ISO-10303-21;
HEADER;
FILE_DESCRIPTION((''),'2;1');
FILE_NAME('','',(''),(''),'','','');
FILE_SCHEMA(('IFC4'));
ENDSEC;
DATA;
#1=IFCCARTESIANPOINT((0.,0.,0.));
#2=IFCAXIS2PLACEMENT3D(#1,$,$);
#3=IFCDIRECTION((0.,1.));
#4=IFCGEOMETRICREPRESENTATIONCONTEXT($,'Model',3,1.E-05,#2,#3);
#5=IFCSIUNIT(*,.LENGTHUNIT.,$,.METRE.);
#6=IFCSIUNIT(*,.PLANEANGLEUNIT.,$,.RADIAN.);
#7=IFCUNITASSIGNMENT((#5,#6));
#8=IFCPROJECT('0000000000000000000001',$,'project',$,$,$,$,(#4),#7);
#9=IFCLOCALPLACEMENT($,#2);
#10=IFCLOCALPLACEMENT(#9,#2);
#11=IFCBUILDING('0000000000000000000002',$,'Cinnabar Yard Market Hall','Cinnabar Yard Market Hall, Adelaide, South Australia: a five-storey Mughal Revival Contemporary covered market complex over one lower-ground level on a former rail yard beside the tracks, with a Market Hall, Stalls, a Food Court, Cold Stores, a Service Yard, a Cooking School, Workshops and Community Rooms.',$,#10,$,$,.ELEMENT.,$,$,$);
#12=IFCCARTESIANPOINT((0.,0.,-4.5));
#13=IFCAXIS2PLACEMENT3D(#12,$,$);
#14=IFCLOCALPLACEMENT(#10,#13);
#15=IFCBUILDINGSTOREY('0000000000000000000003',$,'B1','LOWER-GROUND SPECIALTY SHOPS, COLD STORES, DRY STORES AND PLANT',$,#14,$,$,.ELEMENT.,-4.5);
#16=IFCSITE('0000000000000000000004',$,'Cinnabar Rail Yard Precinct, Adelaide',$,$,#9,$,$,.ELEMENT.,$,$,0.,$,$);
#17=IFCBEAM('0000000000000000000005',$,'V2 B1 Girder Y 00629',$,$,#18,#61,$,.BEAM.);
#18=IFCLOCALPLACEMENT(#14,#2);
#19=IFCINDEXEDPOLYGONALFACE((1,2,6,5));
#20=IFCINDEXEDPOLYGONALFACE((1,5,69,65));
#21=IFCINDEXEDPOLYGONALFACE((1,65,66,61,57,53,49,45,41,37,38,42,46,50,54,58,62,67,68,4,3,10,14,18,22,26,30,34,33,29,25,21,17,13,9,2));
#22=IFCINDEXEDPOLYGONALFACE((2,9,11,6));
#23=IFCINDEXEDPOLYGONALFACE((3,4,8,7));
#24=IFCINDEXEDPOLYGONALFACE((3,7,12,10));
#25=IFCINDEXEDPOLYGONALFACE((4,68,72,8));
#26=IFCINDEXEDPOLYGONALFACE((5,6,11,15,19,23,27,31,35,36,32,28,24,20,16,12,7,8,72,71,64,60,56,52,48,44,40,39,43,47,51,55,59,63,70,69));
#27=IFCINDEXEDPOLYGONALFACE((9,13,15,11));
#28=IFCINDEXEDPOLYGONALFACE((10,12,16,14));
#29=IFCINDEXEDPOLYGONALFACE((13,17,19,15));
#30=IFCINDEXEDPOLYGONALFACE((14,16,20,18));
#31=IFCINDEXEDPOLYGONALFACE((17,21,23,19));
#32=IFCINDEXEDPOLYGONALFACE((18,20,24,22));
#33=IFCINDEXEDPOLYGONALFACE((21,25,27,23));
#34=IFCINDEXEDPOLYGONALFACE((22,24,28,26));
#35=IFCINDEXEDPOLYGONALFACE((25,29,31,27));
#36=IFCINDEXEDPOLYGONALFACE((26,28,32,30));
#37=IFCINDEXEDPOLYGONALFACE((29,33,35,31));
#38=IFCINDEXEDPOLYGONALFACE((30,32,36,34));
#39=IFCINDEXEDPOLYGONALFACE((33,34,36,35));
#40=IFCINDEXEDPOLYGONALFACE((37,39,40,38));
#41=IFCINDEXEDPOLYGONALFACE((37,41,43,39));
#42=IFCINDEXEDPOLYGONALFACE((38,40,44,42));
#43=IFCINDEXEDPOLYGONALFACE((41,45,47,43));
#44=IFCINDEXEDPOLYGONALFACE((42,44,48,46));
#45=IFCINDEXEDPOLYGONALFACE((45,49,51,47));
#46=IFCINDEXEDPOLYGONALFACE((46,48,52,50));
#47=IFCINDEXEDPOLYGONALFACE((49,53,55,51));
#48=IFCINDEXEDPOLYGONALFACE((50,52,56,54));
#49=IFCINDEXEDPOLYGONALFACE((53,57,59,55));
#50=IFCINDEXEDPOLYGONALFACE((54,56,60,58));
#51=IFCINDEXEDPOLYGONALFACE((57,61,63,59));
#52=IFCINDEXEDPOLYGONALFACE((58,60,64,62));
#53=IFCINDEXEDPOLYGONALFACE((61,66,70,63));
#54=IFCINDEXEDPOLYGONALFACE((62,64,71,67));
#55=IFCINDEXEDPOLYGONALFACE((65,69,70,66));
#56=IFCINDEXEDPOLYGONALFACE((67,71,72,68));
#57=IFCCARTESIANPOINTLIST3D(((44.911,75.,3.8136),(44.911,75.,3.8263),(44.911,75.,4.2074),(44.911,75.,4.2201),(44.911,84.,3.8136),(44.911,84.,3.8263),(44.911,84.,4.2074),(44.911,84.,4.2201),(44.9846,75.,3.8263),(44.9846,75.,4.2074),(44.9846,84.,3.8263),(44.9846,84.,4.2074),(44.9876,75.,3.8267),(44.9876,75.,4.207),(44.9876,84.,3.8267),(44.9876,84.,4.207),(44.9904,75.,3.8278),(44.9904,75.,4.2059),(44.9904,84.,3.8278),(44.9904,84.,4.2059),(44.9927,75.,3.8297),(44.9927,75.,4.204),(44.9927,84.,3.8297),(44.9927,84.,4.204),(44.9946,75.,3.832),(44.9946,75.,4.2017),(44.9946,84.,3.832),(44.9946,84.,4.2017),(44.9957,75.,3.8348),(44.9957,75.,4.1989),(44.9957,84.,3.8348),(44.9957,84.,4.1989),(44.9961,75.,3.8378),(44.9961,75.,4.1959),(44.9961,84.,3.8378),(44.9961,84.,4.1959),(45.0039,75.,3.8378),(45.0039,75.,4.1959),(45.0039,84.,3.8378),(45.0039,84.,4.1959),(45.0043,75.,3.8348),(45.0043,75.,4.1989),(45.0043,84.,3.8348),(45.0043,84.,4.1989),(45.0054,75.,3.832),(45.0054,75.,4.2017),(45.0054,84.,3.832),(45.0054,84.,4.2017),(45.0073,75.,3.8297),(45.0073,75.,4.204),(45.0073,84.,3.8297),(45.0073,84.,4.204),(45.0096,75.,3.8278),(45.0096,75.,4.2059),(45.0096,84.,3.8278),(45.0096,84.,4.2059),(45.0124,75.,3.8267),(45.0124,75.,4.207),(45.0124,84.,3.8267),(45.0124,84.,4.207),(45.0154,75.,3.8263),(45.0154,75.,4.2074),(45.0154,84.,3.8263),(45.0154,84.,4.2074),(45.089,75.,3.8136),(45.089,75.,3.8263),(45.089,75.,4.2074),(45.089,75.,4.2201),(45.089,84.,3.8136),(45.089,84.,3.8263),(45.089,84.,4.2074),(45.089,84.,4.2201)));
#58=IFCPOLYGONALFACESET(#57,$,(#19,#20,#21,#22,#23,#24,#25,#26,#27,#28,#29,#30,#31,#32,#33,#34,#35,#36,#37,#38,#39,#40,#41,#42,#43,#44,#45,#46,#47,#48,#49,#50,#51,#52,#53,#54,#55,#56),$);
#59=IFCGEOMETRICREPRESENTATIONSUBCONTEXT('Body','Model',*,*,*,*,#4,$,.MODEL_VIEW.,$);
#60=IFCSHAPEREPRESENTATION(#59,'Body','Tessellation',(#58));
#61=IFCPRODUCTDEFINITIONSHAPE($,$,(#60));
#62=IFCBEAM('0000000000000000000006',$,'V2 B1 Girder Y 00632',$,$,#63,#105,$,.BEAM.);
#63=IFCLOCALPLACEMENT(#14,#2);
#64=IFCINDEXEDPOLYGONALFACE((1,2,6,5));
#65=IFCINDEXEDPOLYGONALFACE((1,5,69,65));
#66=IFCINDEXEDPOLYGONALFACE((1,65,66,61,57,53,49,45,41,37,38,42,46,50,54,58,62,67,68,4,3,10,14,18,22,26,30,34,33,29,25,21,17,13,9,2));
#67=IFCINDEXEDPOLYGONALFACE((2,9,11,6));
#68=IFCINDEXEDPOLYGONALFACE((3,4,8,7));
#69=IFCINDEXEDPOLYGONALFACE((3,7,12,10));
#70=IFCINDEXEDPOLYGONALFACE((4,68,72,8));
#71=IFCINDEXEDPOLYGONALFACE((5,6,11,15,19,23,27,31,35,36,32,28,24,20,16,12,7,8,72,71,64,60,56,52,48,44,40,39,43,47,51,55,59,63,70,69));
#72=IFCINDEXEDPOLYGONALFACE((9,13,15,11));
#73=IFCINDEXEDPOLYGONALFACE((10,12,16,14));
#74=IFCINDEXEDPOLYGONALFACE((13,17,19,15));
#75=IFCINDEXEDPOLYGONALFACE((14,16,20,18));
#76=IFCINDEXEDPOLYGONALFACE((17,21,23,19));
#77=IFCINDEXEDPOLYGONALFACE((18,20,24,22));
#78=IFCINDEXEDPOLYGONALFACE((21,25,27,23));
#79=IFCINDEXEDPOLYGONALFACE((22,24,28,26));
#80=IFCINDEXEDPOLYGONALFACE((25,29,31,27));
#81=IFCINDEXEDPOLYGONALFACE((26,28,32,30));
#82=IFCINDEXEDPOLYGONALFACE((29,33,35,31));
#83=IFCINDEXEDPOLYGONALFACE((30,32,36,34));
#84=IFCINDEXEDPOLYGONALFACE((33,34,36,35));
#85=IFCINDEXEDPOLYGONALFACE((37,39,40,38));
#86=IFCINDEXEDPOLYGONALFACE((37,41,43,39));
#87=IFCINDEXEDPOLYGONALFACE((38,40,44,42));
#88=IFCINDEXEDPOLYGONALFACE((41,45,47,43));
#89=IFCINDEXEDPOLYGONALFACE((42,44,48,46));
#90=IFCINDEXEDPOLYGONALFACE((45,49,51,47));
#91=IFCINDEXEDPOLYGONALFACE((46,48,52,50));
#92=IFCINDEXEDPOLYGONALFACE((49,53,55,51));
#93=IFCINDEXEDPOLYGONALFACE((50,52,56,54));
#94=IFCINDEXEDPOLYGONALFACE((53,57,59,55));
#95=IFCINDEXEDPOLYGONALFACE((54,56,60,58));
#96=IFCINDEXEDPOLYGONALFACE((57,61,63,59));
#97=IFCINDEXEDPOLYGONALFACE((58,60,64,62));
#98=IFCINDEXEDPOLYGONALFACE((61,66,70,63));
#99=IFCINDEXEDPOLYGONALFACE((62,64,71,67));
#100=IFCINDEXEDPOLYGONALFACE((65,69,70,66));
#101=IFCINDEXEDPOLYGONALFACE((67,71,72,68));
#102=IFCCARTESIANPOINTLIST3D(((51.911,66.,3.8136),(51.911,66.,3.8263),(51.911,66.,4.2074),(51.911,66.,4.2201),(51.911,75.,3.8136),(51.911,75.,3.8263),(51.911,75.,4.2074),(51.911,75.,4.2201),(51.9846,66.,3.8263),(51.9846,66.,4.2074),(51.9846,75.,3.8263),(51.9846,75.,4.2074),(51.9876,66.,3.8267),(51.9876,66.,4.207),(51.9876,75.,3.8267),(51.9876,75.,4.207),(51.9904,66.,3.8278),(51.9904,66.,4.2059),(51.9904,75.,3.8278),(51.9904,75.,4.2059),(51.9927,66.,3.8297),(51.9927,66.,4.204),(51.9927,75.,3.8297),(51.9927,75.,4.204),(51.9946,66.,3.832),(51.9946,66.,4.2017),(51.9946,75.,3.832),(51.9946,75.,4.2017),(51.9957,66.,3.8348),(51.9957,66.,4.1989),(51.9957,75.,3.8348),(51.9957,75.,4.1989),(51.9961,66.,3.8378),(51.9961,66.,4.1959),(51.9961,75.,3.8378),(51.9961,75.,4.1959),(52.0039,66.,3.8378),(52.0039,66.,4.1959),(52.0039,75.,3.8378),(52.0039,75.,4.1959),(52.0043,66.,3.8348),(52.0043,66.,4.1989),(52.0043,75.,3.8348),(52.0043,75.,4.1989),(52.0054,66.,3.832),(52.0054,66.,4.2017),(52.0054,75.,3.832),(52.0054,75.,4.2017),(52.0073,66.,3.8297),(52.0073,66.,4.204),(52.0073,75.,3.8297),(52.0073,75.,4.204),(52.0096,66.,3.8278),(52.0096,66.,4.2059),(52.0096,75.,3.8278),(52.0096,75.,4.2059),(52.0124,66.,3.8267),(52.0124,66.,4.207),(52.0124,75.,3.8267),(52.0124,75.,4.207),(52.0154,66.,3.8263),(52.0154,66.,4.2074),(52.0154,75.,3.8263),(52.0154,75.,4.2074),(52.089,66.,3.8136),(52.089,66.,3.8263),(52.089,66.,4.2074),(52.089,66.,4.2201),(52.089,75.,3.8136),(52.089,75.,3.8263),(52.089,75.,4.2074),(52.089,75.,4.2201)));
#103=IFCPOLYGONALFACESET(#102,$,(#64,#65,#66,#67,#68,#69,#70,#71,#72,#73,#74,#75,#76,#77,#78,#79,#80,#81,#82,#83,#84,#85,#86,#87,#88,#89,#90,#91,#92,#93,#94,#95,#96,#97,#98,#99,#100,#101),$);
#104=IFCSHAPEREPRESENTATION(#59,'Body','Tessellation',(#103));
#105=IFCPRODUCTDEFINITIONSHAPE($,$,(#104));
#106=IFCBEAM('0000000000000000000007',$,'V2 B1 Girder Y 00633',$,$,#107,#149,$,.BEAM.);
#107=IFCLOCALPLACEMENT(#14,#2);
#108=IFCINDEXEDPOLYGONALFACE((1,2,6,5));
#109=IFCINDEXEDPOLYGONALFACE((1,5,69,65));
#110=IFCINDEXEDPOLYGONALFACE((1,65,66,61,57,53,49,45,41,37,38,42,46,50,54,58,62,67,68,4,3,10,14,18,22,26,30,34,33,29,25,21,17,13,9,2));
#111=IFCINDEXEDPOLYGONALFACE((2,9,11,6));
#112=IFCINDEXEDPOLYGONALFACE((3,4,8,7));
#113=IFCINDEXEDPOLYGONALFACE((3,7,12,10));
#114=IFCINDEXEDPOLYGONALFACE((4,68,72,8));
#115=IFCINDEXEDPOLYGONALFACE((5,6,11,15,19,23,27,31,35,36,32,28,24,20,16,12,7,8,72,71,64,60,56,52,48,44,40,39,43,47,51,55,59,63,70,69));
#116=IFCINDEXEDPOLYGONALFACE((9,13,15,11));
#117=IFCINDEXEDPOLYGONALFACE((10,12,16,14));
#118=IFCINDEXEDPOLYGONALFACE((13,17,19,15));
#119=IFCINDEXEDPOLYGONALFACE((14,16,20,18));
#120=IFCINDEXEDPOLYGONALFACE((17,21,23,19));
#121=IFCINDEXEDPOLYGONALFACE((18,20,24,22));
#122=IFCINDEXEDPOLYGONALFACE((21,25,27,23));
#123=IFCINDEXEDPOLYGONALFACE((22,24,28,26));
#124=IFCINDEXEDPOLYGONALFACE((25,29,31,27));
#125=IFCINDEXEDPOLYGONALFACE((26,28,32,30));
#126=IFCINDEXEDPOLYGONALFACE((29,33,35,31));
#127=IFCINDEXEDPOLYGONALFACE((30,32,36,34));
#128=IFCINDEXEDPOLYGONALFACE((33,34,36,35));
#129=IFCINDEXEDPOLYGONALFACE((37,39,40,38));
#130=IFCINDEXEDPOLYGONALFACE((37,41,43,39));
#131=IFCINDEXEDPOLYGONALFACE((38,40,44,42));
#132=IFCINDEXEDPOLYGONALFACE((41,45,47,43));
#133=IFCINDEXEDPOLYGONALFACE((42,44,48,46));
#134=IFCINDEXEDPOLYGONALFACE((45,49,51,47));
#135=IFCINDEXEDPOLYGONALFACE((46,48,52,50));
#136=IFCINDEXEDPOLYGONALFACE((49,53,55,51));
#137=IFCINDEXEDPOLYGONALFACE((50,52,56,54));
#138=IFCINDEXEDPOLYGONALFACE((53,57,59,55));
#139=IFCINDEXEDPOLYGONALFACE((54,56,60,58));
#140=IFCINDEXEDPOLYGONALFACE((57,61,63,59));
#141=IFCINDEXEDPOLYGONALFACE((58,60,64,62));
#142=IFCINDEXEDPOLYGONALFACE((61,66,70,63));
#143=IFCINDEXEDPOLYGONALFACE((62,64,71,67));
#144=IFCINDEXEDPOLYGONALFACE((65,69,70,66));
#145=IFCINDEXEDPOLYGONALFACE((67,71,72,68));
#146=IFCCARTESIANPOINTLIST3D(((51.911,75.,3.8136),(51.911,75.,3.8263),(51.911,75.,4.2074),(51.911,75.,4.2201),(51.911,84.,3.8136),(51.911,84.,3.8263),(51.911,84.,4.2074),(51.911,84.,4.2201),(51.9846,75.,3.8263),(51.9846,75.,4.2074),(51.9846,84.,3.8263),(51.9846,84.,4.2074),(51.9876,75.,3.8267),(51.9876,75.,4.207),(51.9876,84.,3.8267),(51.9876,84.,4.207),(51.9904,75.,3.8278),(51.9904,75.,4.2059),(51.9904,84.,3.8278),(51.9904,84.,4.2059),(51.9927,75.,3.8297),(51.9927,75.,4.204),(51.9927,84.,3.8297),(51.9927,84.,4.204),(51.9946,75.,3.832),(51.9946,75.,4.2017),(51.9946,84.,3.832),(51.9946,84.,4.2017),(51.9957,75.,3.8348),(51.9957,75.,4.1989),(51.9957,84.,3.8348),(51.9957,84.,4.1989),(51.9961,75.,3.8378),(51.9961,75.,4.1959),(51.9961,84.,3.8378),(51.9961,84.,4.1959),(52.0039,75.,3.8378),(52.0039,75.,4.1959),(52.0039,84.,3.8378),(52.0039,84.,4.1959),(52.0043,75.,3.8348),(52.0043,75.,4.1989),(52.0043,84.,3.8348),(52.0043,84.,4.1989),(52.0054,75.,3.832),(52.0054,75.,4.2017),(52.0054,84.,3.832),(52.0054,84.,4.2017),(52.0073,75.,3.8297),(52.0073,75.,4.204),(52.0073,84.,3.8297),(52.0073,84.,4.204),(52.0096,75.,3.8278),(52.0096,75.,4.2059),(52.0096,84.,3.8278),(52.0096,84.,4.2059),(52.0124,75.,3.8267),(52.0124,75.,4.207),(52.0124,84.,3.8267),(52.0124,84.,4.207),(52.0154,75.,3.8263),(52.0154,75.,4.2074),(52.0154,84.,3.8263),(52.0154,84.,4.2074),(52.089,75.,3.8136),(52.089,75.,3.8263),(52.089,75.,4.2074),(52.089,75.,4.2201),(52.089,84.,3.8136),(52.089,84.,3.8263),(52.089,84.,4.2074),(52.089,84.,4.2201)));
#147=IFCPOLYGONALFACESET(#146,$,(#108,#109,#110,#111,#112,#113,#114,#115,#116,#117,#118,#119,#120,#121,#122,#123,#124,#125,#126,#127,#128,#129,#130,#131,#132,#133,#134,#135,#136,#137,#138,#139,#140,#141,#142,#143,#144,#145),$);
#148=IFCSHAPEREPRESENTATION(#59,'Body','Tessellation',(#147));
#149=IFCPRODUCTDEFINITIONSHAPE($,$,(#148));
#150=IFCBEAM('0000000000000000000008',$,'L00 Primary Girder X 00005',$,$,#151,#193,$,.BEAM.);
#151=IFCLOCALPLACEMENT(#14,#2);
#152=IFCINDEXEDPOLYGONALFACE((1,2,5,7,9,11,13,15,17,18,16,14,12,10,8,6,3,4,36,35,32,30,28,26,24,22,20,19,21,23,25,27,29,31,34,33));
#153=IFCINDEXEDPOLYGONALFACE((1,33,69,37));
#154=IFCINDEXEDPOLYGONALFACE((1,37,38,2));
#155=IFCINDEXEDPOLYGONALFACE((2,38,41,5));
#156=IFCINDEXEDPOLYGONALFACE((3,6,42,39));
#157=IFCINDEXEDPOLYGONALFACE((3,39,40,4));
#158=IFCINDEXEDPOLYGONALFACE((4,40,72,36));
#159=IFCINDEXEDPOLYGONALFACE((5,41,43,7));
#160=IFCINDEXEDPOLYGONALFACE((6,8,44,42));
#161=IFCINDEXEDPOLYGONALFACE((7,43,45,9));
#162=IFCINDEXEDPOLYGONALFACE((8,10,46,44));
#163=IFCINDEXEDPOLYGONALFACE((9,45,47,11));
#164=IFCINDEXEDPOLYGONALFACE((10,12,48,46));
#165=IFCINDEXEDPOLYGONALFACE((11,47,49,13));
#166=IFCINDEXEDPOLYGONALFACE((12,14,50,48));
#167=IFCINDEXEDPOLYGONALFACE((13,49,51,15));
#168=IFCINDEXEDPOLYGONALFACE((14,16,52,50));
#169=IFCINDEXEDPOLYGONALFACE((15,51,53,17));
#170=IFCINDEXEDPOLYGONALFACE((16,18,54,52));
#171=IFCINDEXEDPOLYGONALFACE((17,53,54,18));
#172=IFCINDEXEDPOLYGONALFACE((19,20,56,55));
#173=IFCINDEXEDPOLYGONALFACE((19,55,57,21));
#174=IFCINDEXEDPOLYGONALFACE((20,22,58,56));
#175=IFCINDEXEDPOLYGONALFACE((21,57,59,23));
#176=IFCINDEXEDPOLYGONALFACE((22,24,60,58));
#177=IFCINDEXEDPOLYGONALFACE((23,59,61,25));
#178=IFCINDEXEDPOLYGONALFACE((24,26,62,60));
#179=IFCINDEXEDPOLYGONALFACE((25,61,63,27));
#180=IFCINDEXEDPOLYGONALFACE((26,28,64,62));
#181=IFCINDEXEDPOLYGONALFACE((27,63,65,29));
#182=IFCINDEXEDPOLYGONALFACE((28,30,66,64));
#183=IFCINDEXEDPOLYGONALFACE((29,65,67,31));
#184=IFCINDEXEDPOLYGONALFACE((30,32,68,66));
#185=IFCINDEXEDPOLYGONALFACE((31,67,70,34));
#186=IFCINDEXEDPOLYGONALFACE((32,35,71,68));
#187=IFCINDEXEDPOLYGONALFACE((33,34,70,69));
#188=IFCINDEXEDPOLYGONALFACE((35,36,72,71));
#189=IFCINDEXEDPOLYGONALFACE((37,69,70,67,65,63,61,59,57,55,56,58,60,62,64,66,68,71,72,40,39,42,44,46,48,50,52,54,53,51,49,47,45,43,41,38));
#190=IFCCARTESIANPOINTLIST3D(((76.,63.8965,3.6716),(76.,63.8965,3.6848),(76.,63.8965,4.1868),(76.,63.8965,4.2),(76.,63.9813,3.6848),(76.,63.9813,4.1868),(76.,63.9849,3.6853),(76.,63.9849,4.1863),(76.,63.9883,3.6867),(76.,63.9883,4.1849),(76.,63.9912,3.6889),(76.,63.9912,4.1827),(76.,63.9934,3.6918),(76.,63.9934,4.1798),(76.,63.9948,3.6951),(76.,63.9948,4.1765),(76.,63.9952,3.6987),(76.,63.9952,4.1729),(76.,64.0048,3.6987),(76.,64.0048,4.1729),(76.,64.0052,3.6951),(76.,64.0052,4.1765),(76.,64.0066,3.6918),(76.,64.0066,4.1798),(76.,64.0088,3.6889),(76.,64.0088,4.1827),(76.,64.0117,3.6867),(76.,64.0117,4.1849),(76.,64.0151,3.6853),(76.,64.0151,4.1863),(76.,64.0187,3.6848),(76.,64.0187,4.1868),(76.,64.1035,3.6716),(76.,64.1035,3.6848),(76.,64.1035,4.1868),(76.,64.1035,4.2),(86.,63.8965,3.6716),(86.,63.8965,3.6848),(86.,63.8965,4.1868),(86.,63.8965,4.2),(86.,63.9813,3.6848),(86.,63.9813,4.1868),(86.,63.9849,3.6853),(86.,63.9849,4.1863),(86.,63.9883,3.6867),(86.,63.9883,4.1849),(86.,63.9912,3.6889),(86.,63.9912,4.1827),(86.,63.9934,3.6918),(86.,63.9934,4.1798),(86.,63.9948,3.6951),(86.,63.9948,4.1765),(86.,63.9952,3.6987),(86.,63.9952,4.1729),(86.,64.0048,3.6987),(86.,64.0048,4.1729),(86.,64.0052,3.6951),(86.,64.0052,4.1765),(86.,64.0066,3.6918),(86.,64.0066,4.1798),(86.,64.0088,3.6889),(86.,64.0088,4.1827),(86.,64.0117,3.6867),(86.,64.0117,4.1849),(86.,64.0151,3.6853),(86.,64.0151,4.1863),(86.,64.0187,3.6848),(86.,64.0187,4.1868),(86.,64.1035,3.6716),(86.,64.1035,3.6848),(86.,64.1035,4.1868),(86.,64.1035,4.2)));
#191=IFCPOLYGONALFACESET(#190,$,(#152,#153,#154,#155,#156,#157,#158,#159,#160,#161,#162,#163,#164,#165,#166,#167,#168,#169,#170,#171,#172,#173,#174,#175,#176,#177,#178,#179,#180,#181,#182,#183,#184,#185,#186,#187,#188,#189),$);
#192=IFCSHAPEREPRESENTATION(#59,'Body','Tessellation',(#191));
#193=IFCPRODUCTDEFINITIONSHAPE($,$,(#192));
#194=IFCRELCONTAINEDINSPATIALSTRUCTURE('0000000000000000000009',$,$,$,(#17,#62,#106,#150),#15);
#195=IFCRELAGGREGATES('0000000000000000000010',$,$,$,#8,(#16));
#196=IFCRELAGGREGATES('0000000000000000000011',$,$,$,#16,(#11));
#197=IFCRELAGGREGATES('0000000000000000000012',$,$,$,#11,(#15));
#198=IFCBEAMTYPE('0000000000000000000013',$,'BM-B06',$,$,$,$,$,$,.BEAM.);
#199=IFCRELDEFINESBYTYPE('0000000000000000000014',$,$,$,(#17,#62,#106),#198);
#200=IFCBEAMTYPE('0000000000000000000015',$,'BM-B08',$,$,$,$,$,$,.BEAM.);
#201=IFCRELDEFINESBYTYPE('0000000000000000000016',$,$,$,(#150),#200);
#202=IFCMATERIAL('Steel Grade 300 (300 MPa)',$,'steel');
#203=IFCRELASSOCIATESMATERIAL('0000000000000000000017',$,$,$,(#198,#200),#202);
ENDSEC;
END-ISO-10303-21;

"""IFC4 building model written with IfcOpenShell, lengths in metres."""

from ifc_helpers import new_model, si_unit, direction, frame, origin, origin_2d_with_axis, place, context, subcontext, project, spatial, i_section, extrude, material, material_profile, profile_set, type_object, element, save


model = new_model("IFC4")

# Units and contexts
model_context = context("Model", 3, precision=1e-05, world=origin(), true_north=direction((0.0, 1.0)))
body_context = subcontext(model_context, "Body", "Model", "MODEL_VIEW")
ifc_project = project(units=[si_unit("LENGTHUNIT", "METRE"), si_unit("PLANEANGLEUNIT", "RADIAN")], contexts=[model_context])

# Site, building, storey
site_placement = place(None, origin())
site = spatial("IfcSite", under=ifc_project, at=site_placement, Name="Cinnabar Rail Yard Precinct, Adelaide", CompositionType="ELEMENT", RefElevation=0.0)
building_placement = place(site_placement, origin())
building = spatial("IfcBuilding", under=site, at=building_placement, Name="Cinnabar Yard Market Hall", Description="Cinnabar Yard Market Hall, Adelaide, South Australia: a five-storey Mughal Revival Contemporary covered market complex over one lower-ground level on a former rail yard beside the tracks, with a Market Hall, Stalls, a Food Court, Cold Stores, a Service Yard, a Cooking School, Workshops and Community Rooms.", CompositionType="ELEMENT")
storey_placement = place(building_placement, frame((0.0, 0.0, -4.5)))
storey = spatial("IfcBuildingStorey", under=building, at=storey_placement, Name="B1", Description="LOWER-GROUND SPECIALTY SHOPS, COLD STORES, DRY STORES AND PLANT", CompositionType="ELEMENT", Elevation=-4.5)

# Shared definitions
ifc_material_1 = material(Name="Steel Grade 300 (300 MPa)", Category="steel")

# Beams
ifc_material_profile_1 = material_profile(ifc_material_1, i_section(OverallWidth=0.178, OverallDepth=0.4065, WebThickness=0.0078, FlangeThickness=0.0127, FilletRadius=0.0115, at=origin_2d_with_axis()), Name="410UB59.7")
ifc_profile_set_1 = profile_set([ifc_material_profile_1], Name="Steel Grade 300 (300 MPa)")
beam_type_1 = type_object("IfcBeamType", Name="BM-B06", PredefinedType="BEAM", material=ifc_profile_set_1)
for number, where, z_axis, x_axis, name in (
    (1, (45.0, 75.0, 4.0168), (0.0, 1.0, 0.0), (-1.0, 0.0, 0.0), "V2 B1 Girder Y 00629"),
    (2, (52.0, 66.0, 4.0168), (0.0, 1.0, 0.0), (-1.0, 0.0, 0.0), "V2 B1 Girder Y 00632"),
    (3, (52.0, 75.0, 4.0168), (0.0, 1.0, 0.0), (-1.0, 0.0, 0.0), "V2 B1 Girder Y 00633"),
):
    element("IfcBeam", number, at=place(storey_placement, frame(where, z_axis=z_axis, x_axis=x_axis)), inside=storey, type_object=beam_type_1, Name=name, PredefinedType="BEAM", context=body_context, shape_type="SweptSolid", body=[
        extrude(i_section(OverallWidth=0.178, OverallDepth=0.4065, WebThickness=0.0078, FlangeThickness=0.0127, FilletRadius=0.0115, at=origin_2d_with_axis()), origin(), (0.0, 0.0, 1.0), 9.0),
    ])
ifc_material_profile_2 = material_profile(ifc_material_1, i_section(OverallWidth=0.207, OverallDepth=0.5283, WebThickness=0.0095, FlangeThickness=0.0132, FilletRadius=0.0139, at=origin_2d_with_axis()), Name="530UB82.0")
ifc_profile_set_2 = profile_set([ifc_material_profile_2], Name="Steel Grade 300 (300 MPa)")
beam_type_2 = type_object("IfcBeamType", Name="BM-B08", PredefinedType="BEAM", material=ifc_profile_set_2)
beam_placement = place(storey_placement, frame((76.0, 64.0, 3.9358), z_axis=(1.0, 0.0, 0.0), x_axis=(0.0, 1.0, 0.0)))
element("IfcBeam", 4, at=beam_placement, inside=storey, type_object=beam_type_2, Name="L00 Primary Girder X 00005", PredefinedType="BEAM", context=body_context, shape_type="SweptSolid", body=[
    extrude(i_section(OverallWidth=0.207, OverallDepth=0.5283, WebThickness=0.0095, FlangeThickness=0.0132, FilletRadius=0.0139, at=origin_2d_with_axis()), origin(), (0.0, 0.0, 1.0), 10.0),
])

save(model, "model.ifc")
